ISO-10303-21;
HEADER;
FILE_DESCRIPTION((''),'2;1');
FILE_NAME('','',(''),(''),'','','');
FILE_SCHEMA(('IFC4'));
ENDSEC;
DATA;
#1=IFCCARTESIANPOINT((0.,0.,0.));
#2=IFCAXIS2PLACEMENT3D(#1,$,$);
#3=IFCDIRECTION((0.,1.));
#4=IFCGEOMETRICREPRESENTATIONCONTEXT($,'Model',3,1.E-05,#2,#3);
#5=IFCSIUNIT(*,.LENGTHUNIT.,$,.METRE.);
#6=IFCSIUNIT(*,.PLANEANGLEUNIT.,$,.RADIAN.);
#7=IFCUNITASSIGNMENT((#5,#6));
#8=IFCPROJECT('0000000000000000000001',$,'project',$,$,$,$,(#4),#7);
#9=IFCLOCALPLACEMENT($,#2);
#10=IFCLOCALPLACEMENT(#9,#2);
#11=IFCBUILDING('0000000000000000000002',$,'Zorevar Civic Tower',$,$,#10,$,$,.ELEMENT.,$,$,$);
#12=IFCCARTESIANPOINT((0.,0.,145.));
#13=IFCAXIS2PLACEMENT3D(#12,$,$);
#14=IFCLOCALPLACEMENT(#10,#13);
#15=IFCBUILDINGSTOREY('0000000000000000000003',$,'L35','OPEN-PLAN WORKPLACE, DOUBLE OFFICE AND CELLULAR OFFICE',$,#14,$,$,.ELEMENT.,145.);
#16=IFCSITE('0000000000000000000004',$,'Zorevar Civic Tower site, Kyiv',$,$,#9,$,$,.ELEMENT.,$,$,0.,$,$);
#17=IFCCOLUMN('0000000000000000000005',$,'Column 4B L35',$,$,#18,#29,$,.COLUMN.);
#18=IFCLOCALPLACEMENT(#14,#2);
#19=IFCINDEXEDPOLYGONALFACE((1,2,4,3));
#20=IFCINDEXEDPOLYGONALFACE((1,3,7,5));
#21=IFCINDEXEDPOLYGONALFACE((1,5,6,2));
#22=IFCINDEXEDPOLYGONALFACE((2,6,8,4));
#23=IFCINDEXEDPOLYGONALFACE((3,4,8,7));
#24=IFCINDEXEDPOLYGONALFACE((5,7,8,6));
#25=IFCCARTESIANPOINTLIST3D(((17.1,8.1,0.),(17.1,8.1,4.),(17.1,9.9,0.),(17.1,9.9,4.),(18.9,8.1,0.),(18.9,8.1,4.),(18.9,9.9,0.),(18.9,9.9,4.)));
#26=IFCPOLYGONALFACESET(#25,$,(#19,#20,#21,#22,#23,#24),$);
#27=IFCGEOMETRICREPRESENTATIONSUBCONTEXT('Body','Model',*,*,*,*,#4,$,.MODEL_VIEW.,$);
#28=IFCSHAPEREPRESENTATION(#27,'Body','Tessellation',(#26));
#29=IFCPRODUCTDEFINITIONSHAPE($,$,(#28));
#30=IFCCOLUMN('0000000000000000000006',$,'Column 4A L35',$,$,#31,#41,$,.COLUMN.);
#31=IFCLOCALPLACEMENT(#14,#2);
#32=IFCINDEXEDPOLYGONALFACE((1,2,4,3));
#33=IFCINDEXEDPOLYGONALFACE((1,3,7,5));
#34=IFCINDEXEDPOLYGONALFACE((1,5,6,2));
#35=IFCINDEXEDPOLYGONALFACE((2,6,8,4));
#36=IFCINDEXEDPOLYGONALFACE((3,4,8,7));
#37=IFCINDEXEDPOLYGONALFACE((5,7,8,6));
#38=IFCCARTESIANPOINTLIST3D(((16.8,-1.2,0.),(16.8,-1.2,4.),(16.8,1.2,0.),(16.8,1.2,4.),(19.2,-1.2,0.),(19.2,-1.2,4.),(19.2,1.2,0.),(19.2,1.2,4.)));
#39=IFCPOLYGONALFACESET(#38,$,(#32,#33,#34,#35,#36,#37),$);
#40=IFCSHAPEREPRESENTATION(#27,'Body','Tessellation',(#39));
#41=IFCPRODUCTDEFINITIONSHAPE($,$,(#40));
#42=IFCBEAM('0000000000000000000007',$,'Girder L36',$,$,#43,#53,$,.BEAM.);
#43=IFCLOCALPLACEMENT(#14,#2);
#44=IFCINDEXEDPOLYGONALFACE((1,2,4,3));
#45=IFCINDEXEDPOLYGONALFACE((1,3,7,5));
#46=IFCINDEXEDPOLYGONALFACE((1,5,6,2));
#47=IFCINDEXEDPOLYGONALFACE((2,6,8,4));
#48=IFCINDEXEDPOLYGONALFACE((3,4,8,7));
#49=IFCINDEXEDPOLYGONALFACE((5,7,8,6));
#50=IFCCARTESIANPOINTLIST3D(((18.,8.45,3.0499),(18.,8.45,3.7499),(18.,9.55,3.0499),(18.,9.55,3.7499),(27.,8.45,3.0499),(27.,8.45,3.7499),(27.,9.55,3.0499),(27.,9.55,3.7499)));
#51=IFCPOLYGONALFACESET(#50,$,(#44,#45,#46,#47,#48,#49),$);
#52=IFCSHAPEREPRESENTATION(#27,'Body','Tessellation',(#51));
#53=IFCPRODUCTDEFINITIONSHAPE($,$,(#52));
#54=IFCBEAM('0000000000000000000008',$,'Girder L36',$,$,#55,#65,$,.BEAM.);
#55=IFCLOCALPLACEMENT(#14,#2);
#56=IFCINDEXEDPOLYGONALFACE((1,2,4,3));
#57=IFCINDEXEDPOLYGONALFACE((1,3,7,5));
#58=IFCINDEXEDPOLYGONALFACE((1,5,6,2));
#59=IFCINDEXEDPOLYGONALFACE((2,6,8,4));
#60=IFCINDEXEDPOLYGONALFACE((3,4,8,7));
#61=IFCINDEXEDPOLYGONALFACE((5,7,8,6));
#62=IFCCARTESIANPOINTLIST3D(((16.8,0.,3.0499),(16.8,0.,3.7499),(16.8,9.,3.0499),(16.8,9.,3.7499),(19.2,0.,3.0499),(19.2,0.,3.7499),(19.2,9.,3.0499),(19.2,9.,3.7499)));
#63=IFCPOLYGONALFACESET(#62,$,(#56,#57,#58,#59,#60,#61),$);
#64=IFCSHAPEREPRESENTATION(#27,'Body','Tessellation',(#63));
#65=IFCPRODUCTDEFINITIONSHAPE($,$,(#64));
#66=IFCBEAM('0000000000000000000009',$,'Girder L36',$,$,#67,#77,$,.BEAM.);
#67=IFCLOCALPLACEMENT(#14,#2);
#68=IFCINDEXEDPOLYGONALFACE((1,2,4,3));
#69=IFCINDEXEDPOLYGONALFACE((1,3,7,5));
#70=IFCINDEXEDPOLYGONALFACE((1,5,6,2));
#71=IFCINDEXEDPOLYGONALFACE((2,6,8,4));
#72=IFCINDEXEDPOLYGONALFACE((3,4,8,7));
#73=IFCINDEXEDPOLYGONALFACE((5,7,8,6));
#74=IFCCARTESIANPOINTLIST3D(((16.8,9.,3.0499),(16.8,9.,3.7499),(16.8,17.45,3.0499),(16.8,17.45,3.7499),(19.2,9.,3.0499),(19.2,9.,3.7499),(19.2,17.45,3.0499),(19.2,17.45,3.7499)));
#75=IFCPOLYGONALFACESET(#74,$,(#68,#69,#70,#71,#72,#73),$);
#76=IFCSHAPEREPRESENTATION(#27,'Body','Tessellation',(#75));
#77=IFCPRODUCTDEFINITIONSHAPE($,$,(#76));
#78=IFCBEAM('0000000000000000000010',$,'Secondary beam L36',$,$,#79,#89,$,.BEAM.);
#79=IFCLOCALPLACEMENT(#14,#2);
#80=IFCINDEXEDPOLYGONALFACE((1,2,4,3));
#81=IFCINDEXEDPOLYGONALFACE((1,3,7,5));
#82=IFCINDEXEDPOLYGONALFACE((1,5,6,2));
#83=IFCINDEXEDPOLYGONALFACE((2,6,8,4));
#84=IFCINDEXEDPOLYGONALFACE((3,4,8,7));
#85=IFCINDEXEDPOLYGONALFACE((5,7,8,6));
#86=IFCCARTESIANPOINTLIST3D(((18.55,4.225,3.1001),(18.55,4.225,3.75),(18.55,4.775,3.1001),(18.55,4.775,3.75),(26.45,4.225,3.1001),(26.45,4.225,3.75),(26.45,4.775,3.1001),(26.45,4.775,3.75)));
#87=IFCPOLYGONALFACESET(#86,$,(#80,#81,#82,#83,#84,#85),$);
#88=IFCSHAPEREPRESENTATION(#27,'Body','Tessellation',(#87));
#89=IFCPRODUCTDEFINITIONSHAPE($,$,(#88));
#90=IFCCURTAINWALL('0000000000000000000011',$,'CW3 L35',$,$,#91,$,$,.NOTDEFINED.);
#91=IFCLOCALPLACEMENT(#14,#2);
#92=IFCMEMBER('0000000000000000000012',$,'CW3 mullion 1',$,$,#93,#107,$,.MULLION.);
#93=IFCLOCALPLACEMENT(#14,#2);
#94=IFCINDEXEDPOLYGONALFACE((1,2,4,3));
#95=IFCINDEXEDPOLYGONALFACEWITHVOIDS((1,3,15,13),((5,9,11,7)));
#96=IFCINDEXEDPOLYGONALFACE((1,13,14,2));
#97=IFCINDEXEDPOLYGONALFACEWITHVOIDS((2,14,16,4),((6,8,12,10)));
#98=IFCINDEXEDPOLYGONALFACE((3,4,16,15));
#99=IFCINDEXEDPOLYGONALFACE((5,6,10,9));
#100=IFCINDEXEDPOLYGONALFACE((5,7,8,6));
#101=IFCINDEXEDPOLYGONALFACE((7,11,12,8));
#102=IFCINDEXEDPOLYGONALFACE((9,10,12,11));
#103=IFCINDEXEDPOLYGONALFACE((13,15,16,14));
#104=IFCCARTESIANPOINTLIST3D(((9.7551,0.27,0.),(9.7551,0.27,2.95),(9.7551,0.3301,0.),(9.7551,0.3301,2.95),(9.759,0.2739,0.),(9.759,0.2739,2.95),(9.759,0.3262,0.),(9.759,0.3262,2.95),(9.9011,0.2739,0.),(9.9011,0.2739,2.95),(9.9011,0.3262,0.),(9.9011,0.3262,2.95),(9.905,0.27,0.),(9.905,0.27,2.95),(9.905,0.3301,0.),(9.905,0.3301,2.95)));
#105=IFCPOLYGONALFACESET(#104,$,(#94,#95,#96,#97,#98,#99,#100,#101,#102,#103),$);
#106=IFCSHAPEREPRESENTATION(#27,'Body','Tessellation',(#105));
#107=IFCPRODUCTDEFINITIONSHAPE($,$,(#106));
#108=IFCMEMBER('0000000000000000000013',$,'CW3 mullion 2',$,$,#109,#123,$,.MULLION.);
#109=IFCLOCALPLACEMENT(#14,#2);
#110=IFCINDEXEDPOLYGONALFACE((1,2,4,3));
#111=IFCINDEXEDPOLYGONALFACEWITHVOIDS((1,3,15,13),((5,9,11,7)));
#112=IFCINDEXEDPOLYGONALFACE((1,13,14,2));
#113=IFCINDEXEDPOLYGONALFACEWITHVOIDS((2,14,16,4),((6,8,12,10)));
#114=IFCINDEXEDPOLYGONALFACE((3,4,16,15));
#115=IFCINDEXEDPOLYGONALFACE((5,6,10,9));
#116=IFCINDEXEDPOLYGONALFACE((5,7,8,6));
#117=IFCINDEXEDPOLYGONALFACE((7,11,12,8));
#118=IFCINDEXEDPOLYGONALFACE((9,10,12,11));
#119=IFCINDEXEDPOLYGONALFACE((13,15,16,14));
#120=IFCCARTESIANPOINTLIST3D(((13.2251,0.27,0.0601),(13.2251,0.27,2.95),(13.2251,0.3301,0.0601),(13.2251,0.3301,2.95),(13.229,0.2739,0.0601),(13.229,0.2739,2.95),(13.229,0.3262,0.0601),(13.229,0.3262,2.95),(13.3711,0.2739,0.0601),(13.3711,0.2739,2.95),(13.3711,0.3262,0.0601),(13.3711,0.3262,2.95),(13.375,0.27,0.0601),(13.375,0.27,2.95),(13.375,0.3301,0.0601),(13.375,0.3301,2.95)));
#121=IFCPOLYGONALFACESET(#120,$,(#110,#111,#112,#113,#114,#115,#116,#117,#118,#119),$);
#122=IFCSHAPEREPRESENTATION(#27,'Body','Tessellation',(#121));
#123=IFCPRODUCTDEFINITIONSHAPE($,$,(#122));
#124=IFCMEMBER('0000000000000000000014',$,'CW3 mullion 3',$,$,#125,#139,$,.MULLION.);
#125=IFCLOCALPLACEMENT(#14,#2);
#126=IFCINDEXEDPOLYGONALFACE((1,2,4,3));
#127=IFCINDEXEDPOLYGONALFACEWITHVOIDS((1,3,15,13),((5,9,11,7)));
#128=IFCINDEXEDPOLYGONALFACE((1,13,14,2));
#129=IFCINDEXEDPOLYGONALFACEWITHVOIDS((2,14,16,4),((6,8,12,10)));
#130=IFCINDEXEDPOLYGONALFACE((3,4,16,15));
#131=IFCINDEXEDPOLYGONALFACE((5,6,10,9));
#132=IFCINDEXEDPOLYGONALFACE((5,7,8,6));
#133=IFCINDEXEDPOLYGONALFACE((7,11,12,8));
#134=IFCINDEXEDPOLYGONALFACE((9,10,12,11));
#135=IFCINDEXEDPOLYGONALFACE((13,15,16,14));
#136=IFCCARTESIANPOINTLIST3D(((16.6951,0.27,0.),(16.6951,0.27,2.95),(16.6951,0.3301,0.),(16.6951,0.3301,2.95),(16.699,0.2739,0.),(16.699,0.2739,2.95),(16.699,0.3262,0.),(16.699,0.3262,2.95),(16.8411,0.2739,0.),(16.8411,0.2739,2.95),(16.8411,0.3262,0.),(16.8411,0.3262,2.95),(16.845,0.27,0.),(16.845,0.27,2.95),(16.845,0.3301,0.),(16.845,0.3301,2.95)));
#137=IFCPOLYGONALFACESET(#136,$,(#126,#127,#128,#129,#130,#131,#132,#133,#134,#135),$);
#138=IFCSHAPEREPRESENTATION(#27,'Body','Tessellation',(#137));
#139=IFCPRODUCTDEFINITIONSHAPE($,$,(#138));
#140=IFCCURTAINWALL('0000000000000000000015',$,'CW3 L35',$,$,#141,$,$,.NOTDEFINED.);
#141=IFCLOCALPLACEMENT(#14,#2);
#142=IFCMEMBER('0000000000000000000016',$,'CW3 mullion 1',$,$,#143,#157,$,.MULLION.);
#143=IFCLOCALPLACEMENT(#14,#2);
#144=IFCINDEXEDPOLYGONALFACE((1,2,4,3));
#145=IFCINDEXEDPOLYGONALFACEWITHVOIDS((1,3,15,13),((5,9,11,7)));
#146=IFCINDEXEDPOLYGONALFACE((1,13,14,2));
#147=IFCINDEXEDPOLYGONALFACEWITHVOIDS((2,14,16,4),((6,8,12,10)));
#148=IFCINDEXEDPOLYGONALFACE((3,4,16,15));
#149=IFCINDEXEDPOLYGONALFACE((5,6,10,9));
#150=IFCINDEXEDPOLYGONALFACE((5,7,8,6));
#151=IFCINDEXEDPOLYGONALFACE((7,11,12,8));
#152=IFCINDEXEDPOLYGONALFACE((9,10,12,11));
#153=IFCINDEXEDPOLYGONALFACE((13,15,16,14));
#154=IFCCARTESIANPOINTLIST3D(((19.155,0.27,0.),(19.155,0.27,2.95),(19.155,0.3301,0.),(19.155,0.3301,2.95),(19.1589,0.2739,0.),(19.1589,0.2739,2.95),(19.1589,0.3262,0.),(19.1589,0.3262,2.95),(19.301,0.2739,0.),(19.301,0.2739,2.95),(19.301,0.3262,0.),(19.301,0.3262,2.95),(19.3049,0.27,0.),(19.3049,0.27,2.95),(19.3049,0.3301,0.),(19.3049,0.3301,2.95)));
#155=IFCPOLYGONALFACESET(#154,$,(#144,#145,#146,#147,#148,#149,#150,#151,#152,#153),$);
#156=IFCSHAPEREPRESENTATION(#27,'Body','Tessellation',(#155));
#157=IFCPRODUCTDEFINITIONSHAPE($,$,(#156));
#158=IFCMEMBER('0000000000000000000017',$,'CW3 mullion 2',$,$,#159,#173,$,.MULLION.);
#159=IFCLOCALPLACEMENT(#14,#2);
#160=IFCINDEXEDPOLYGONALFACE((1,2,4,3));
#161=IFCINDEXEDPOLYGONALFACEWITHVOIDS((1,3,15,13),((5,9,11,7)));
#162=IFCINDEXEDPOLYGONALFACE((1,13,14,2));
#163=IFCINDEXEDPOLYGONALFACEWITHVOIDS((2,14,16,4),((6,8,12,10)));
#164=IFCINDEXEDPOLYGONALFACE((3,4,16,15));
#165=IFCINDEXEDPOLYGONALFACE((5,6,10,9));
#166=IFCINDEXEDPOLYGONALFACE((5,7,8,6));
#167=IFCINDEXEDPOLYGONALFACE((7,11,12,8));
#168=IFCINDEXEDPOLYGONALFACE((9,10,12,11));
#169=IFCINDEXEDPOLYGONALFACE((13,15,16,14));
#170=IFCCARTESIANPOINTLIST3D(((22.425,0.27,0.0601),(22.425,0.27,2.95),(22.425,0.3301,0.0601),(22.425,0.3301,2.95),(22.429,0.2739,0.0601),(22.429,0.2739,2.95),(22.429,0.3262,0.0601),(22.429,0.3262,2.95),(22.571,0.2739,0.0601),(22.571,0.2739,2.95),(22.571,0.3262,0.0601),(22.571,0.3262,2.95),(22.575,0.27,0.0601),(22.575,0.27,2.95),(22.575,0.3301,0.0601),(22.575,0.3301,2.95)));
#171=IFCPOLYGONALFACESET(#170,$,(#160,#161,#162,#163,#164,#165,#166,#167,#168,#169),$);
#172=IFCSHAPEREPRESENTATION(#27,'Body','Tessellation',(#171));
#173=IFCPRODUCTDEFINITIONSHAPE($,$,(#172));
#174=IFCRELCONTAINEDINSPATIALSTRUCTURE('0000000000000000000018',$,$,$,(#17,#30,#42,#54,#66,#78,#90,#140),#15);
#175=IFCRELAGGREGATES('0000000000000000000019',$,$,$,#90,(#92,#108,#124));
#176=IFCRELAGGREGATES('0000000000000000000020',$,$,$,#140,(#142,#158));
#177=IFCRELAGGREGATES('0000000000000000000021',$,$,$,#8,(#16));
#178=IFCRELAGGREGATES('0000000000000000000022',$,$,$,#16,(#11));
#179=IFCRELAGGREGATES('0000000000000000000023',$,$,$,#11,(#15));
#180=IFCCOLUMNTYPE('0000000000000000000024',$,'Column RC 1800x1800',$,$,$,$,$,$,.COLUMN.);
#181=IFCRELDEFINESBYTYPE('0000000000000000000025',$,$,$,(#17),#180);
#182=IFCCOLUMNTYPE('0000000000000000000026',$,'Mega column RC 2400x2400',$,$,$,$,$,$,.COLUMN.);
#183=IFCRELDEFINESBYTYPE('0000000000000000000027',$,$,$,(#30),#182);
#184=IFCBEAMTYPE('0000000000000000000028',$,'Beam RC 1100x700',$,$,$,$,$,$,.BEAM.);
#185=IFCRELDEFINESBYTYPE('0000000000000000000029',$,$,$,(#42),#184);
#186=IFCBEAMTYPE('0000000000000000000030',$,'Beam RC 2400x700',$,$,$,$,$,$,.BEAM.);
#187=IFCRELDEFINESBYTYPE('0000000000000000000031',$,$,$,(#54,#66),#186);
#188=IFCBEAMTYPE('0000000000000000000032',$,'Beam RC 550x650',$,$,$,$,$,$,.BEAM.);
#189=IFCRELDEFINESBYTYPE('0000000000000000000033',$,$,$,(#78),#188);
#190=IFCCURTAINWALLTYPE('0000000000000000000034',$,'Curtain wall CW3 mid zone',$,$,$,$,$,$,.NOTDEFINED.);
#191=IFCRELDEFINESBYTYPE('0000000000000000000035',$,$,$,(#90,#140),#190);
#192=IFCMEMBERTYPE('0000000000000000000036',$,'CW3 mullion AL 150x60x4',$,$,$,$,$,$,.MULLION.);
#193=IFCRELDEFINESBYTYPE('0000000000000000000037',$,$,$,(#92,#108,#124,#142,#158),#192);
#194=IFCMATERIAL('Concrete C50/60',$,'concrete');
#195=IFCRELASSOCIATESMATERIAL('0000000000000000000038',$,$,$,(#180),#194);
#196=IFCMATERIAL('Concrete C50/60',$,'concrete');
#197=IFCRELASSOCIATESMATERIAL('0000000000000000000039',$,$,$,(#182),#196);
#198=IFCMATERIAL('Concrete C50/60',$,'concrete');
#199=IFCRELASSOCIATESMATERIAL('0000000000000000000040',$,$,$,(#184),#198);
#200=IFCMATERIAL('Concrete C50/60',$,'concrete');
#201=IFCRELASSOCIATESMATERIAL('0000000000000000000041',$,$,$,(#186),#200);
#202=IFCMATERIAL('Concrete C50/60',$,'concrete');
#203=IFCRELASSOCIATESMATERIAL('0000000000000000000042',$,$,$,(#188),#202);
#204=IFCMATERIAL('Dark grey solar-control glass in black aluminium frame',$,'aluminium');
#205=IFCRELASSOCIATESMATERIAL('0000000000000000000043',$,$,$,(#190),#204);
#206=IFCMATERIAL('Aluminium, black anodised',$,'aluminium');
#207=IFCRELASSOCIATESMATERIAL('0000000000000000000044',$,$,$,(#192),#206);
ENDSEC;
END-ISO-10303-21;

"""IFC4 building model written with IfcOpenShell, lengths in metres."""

from ifc_helpers import new_model, si_unit, direction, frame, origin, origin_2d, place, context, subcontext, project, spatial, rectangle, hollow_rectangle, extrude, material, material_profile, profile_set, type_object, element, aggregate, save


model = new_model("IFC4")

# Units and contexts
model_context = context("Model", 3, precision=1e-05, world=origin(), true_north=direction((0.0, 1.0)))
body_context = subcontext(model_context, "Body", "Model", "MODEL_VIEW")
ifc_project = project(units=[si_unit("LENGTHUNIT", "METRE"), si_unit("PLANEANGLEUNIT", "RADIAN")], contexts=[model_context])

# Site, building, storey
site_placement = place(None, origin())
site = spatial("IfcSite", under=ifc_project, at=site_placement, Name="Zorevar Civic Tower site, Kyiv", CompositionType="ELEMENT", RefElevation=0.0)
building_placement = place(site_placement, origin())
building = spatial("IfcBuilding", under=site, at=building_placement, Name="Zorevar Civic Tower", CompositionType="ELEMENT")
storey_placement = place(building_placement, frame((0.0, 0.0, 145.0)))
storey = spatial("IfcBuildingStorey", under=building, at=storey_placement, Name="L35", Description="OPEN-PLAN WORKPLACE, DOUBLE OFFICE AND CELLULAR OFFICE", CompositionType="ELEMENT", Elevation=145.0)

# Columns
ifc_material_1 = material(Name="Concrete C50/60", Category="concrete")
ifc_material_profile_1 = material_profile(ifc_material_1, rectangle(XDim=1.8, YDim=1.8, at=origin_2d()), Name="RC 1800x1800")
ifc_profile_set_1 = profile_set([ifc_material_profile_1], Name="Concrete C50/60")
column_type_1 = type_object("IfcColumnType", Name="Column RC 1800x1800", PredefinedType="COLUMN", material=ifc_profile_set_1)
column_1_placement = place(storey_placement, frame((18.0, 9.0, 0.0), z_axis=(0.0, 0.0, 1.0), x_axis=(1.0, 0.0, 0.0)))
element("IfcColumn", 1, at=column_1_placement, inside=storey, type_object=column_type_1, Name="Column 4B L35", PredefinedType="COLUMN", context=body_context, shape_type="SweptSolid", body=[
    extrude(rectangle(XDim=1.8, YDim=1.8, at=origin_2d()), origin(), (0.0, 0.0, 1.0), 4.0),
])
ifc_material_2 = material(Name="Concrete C50/60", Category="concrete")
ifc_material_profile_2 = material_profile(ifc_material_2, rectangle(XDim=2.3999, YDim=2.3999, at=origin_2d()), Name="RC 2400x2400")
ifc_profile_set_2 = profile_set([ifc_material_profile_2], Name="Concrete C50/60")
column_type_2 = type_object("IfcColumnType", Name="Mega column RC 2400x2400", PredefinedType="COLUMN", material=ifc_profile_set_2)
column_2_placement = place(storey_placement, frame((18.0, 0.0, 0.0), z_axis=(0.0, 0.0, 1.0), x_axis=(1.0, 0.0, 0.0)))
element("IfcColumn", 2, at=column_2_placement, inside=storey, type_object=column_type_2, Name="Column 4A L35", PredefinedType="COLUMN", context=body_context, shape_type="SweptSolid", body=[
    extrude(rectangle(XDim=2.3999, YDim=2.3999, at=origin_2d()), origin(), (0.0, 0.0, 1.0), 4.0),
])

# Beams
ifc_material_3 = material(Name="Concrete C50/60", Category="concrete")
ifc_material_profile_3 = material_profile(ifc_material_3, rectangle(XDim=1.1001, YDim=0.7, at=origin_2d()), Name="RC 1100x700")
ifc_profile_set_3 = profile_set([ifc_material_profile_3], Name="Concrete C50/60")
beam_type_1 = type_object("IfcBeamType", Name="Beam RC 1100x700", PredefinedType="BEAM", material=ifc_profile_set_3)
beam_1_placement = place(storey_placement, frame((18.0, 9.0, 3.3999), z_axis=(1.0, 0.0, 0.0), x_axis=(0.0, 1.0, 0.0)))
element("IfcBeam", 3, at=beam_1_placement, inside=storey, type_object=beam_type_1, Name="Girder L36", PredefinedType="BEAM", context=body_context, shape_type="SweptSolid", body=[
    extrude(rectangle(XDim=1.1001, YDim=0.7, at=origin_2d()), origin(), (0.0, 0.0, 1.0), 9.0),
])
ifc_material_4 = material(Name="Concrete C50/60", Category="concrete")
ifc_material_profile_4 = material_profile(ifc_material_4, rectangle(XDim=2.3999, YDim=0.7, at=origin_2d()), Name="RC 2400x700")
ifc_profile_set_4 = profile_set([ifc_material_profile_4], Name="Concrete C50/60")
beam_type_2 = type_object("IfcBeamType", Name="Beam RC 2400x700", PredefinedType="BEAM", material=ifc_profile_set_4)
beam_2_placement = place(storey_placement, frame((18.0, 0.0, 3.3999), z_axis=(0.0, 1.0, 0.0), x_axis=(-1.0, 0.0, 0.0)))
element("IfcBeam", 4, at=beam_2_placement, inside=storey, type_object=beam_type_2, Name="Girder L36", PredefinedType="BEAM", context=body_context, shape_type="SweptSolid", body=[
    extrude(rectangle(XDim=2.3999, YDim=0.7, at=origin_2d()), origin(), (0.0, 0.0, 1.0), 9.0),
])
beam_3_placement = place(storey_placement, frame((18.0, 9.0, 3.3999), z_axis=(0.0, 1.0, 0.0), x_axis=(-1.0, 0.0, 0.0)))
element("IfcBeam", 5, at=beam_3_placement, inside=storey, type_object=beam_type_2, Name="Girder L36", PredefinedType="BEAM", context=body_context, shape_type="SweptSolid", body=[
    extrude(rectangle(XDim=2.3999, YDim=0.7, at=origin_2d()), origin(), (0.0, 0.0, 1.0), 8.45),
])
ifc_material_5 = material(Name="Concrete C50/60", Category="concrete")
ifc_material_profile_5 = material_profile(ifc_material_5, rectangle(XDim=0.55, YDim=0.6499, at=origin_2d()), Name="RC 550x650")
ifc_profile_set_5 = profile_set([ifc_material_profile_5], Name="Concrete C50/60")
beam_type_3 = type_object("IfcBeamType", Name="Beam RC 550x650", PredefinedType="BEAM", material=ifc_profile_set_5)
beam_4_placement = place(storey_placement, frame((18.55, 4.5, 3.425), z_axis=(1.0, 0.0, 0.0), x_axis=(0.0, 1.0, 0.0)))
element("IfcBeam", 6, at=beam_4_placement, inside=storey, type_object=beam_type_3, Name="Secondary beam L36", PredefinedType="BEAM", context=body_context, shape_type="SweptSolid", body=[
    extrude(rectangle(XDim=0.55, YDim=0.6499, at=origin_2d()), origin(), (0.0, 0.0, 1.0), 7.8999),
])

# Curtain walls, members
ifc_material_6 = material(Name="Dark grey solar-control glass in black aluminium frame", Category="aluminium")
curtain_wall_type = type_object("IfcCurtainWallType", Name="Curtain wall CW3 mid zone", PredefinedType="NOTDEFINED", material=ifc_material_6)
curtain_wall_1_placement = place(storey_placement, origin())
curtain_wall_1 = element("IfcCurtainWall", 7, at=curtain_wall_1_placement, inside=storey, type_object=curtain_wall_type, Name="CW3 L35", PredefinedType="NOTDEFINED")
ifc_material_7 = material(Name="Aluminium, black anodised", Category="aluminium")
ifc_material_profile_6 = material_profile(ifc_material_7, hollow_rectangle(XDim=0.0601, YDim=0.1499, WallThickness=0.0039, at=origin_2d()), Name="AL 150x60x4")
ifc_profile_set_6 = profile_set([ifc_material_profile_6], Name="Aluminium, black anodised")
member_type_1 = type_object("IfcMemberType", Name="CW3 mullion AL 150x60x4", PredefinedType="MULLION", material=ifc_profile_set_6)
member_1_placement = place(storey_placement, frame((9.8301, 0.3, 0.0), z_axis=(0.0, 0.0, 1.0), x_axis=(0.0, 1.0, 0.0)))
member_1 = element("IfcMember", 8, at=member_1_placement, type_object=member_type_1, Name="CW3 mullion 1", PredefinedType="MULLION", context=body_context, shape_type="SweptSolid", body=[
    extrude(hollow_rectangle(XDim=0.0601, YDim=0.1499, WallThickness=0.0039, at=origin_2d()), origin(), (0.0, 0.0, 1.0), 2.95),
])
member_2_placement = place(storey_placement, frame((13.3, 0.3, 0.0601), z_axis=(0.0, 0.0, 1.0), x_axis=(0.0, 1.0, 0.0)))
member_2 = element("IfcMember", 9, at=member_2_placement, type_object=member_type_1, Name="CW3 mullion 2", PredefinedType="MULLION", context=body_context, shape_type="SweptSolid", body=[
    extrude(hollow_rectangle(XDim=0.0601, YDim=0.1499, WallThickness=0.0039, at=origin_2d()), origin(), (0.0, 0.0, 1.0), 2.8899),
])
member_3_placement = place(storey_placement, frame((16.77, 0.3, 0.0), z_axis=(0.0, 0.0, 1.0), x_axis=(0.0, 1.0, 0.0)))
member_3 = element("IfcMember", 10, at=member_3_placement, type_object=member_type_1, Name="CW3 mullion 3", PredefinedType="MULLION", context=body_context, shape_type="SweptSolid", body=[
    extrude(hollow_rectangle(XDim=0.0601, YDim=0.1499, WallThickness=0.0039, at=origin_2d()), origin(), (0.0, 0.0, 1.0), 2.95),
])
curtain_wall_2_placement = place(storey_placement, origin())
curtain_wall_2 = element("IfcCurtainWall", 11, at=curtain_wall_2_placement, inside=storey, type_object=curtain_wall_type, Name="CW3 L35", PredefinedType="NOTDEFINED")
member_4_placement = place(storey_placement, frame((19.23, 0.3, 0.0), z_axis=(0.0, 0.0, 1.0), x_axis=(0.0, 1.0, 0.0)))
member_4 = element("IfcMember", 12, at=member_4_placement, type_object=member_type_1, Name="CW3 mullion 1", PredefinedType="MULLION", context=body_context, shape_type="SweptSolid", body=[
    extrude(hollow_rectangle(XDim=0.0601, YDim=0.1499, WallThickness=0.0039, at=origin_2d()), origin(), (0.0, 0.0, 1.0), 2.95),
])
member_5_placement = place(storey_placement, frame((22.5, 0.3, 0.0601), z_axis=(0.0, 0.0, 1.0), x_axis=(0.0, 1.0, 0.0)))
member_5 = element("IfcMember", 13, at=member_5_placement, type_object=member_type_1, Name="CW3 mullion 2", PredefinedType="MULLION", context=body_context, shape_type="SweptSolid", body=[
    extrude(hollow_rectangle(XDim=0.0601, YDim=0.1499, WallThickness=0.0039, at=origin_2d()), origin(), (0.0, 0.0, 1.0), 2.8899),
])

aggregate(curtain_wall_1, [member_1, member_2, member_3])
aggregate(curtain_wall_2, [member_4, member_5])

save(model, "model.ifc")
